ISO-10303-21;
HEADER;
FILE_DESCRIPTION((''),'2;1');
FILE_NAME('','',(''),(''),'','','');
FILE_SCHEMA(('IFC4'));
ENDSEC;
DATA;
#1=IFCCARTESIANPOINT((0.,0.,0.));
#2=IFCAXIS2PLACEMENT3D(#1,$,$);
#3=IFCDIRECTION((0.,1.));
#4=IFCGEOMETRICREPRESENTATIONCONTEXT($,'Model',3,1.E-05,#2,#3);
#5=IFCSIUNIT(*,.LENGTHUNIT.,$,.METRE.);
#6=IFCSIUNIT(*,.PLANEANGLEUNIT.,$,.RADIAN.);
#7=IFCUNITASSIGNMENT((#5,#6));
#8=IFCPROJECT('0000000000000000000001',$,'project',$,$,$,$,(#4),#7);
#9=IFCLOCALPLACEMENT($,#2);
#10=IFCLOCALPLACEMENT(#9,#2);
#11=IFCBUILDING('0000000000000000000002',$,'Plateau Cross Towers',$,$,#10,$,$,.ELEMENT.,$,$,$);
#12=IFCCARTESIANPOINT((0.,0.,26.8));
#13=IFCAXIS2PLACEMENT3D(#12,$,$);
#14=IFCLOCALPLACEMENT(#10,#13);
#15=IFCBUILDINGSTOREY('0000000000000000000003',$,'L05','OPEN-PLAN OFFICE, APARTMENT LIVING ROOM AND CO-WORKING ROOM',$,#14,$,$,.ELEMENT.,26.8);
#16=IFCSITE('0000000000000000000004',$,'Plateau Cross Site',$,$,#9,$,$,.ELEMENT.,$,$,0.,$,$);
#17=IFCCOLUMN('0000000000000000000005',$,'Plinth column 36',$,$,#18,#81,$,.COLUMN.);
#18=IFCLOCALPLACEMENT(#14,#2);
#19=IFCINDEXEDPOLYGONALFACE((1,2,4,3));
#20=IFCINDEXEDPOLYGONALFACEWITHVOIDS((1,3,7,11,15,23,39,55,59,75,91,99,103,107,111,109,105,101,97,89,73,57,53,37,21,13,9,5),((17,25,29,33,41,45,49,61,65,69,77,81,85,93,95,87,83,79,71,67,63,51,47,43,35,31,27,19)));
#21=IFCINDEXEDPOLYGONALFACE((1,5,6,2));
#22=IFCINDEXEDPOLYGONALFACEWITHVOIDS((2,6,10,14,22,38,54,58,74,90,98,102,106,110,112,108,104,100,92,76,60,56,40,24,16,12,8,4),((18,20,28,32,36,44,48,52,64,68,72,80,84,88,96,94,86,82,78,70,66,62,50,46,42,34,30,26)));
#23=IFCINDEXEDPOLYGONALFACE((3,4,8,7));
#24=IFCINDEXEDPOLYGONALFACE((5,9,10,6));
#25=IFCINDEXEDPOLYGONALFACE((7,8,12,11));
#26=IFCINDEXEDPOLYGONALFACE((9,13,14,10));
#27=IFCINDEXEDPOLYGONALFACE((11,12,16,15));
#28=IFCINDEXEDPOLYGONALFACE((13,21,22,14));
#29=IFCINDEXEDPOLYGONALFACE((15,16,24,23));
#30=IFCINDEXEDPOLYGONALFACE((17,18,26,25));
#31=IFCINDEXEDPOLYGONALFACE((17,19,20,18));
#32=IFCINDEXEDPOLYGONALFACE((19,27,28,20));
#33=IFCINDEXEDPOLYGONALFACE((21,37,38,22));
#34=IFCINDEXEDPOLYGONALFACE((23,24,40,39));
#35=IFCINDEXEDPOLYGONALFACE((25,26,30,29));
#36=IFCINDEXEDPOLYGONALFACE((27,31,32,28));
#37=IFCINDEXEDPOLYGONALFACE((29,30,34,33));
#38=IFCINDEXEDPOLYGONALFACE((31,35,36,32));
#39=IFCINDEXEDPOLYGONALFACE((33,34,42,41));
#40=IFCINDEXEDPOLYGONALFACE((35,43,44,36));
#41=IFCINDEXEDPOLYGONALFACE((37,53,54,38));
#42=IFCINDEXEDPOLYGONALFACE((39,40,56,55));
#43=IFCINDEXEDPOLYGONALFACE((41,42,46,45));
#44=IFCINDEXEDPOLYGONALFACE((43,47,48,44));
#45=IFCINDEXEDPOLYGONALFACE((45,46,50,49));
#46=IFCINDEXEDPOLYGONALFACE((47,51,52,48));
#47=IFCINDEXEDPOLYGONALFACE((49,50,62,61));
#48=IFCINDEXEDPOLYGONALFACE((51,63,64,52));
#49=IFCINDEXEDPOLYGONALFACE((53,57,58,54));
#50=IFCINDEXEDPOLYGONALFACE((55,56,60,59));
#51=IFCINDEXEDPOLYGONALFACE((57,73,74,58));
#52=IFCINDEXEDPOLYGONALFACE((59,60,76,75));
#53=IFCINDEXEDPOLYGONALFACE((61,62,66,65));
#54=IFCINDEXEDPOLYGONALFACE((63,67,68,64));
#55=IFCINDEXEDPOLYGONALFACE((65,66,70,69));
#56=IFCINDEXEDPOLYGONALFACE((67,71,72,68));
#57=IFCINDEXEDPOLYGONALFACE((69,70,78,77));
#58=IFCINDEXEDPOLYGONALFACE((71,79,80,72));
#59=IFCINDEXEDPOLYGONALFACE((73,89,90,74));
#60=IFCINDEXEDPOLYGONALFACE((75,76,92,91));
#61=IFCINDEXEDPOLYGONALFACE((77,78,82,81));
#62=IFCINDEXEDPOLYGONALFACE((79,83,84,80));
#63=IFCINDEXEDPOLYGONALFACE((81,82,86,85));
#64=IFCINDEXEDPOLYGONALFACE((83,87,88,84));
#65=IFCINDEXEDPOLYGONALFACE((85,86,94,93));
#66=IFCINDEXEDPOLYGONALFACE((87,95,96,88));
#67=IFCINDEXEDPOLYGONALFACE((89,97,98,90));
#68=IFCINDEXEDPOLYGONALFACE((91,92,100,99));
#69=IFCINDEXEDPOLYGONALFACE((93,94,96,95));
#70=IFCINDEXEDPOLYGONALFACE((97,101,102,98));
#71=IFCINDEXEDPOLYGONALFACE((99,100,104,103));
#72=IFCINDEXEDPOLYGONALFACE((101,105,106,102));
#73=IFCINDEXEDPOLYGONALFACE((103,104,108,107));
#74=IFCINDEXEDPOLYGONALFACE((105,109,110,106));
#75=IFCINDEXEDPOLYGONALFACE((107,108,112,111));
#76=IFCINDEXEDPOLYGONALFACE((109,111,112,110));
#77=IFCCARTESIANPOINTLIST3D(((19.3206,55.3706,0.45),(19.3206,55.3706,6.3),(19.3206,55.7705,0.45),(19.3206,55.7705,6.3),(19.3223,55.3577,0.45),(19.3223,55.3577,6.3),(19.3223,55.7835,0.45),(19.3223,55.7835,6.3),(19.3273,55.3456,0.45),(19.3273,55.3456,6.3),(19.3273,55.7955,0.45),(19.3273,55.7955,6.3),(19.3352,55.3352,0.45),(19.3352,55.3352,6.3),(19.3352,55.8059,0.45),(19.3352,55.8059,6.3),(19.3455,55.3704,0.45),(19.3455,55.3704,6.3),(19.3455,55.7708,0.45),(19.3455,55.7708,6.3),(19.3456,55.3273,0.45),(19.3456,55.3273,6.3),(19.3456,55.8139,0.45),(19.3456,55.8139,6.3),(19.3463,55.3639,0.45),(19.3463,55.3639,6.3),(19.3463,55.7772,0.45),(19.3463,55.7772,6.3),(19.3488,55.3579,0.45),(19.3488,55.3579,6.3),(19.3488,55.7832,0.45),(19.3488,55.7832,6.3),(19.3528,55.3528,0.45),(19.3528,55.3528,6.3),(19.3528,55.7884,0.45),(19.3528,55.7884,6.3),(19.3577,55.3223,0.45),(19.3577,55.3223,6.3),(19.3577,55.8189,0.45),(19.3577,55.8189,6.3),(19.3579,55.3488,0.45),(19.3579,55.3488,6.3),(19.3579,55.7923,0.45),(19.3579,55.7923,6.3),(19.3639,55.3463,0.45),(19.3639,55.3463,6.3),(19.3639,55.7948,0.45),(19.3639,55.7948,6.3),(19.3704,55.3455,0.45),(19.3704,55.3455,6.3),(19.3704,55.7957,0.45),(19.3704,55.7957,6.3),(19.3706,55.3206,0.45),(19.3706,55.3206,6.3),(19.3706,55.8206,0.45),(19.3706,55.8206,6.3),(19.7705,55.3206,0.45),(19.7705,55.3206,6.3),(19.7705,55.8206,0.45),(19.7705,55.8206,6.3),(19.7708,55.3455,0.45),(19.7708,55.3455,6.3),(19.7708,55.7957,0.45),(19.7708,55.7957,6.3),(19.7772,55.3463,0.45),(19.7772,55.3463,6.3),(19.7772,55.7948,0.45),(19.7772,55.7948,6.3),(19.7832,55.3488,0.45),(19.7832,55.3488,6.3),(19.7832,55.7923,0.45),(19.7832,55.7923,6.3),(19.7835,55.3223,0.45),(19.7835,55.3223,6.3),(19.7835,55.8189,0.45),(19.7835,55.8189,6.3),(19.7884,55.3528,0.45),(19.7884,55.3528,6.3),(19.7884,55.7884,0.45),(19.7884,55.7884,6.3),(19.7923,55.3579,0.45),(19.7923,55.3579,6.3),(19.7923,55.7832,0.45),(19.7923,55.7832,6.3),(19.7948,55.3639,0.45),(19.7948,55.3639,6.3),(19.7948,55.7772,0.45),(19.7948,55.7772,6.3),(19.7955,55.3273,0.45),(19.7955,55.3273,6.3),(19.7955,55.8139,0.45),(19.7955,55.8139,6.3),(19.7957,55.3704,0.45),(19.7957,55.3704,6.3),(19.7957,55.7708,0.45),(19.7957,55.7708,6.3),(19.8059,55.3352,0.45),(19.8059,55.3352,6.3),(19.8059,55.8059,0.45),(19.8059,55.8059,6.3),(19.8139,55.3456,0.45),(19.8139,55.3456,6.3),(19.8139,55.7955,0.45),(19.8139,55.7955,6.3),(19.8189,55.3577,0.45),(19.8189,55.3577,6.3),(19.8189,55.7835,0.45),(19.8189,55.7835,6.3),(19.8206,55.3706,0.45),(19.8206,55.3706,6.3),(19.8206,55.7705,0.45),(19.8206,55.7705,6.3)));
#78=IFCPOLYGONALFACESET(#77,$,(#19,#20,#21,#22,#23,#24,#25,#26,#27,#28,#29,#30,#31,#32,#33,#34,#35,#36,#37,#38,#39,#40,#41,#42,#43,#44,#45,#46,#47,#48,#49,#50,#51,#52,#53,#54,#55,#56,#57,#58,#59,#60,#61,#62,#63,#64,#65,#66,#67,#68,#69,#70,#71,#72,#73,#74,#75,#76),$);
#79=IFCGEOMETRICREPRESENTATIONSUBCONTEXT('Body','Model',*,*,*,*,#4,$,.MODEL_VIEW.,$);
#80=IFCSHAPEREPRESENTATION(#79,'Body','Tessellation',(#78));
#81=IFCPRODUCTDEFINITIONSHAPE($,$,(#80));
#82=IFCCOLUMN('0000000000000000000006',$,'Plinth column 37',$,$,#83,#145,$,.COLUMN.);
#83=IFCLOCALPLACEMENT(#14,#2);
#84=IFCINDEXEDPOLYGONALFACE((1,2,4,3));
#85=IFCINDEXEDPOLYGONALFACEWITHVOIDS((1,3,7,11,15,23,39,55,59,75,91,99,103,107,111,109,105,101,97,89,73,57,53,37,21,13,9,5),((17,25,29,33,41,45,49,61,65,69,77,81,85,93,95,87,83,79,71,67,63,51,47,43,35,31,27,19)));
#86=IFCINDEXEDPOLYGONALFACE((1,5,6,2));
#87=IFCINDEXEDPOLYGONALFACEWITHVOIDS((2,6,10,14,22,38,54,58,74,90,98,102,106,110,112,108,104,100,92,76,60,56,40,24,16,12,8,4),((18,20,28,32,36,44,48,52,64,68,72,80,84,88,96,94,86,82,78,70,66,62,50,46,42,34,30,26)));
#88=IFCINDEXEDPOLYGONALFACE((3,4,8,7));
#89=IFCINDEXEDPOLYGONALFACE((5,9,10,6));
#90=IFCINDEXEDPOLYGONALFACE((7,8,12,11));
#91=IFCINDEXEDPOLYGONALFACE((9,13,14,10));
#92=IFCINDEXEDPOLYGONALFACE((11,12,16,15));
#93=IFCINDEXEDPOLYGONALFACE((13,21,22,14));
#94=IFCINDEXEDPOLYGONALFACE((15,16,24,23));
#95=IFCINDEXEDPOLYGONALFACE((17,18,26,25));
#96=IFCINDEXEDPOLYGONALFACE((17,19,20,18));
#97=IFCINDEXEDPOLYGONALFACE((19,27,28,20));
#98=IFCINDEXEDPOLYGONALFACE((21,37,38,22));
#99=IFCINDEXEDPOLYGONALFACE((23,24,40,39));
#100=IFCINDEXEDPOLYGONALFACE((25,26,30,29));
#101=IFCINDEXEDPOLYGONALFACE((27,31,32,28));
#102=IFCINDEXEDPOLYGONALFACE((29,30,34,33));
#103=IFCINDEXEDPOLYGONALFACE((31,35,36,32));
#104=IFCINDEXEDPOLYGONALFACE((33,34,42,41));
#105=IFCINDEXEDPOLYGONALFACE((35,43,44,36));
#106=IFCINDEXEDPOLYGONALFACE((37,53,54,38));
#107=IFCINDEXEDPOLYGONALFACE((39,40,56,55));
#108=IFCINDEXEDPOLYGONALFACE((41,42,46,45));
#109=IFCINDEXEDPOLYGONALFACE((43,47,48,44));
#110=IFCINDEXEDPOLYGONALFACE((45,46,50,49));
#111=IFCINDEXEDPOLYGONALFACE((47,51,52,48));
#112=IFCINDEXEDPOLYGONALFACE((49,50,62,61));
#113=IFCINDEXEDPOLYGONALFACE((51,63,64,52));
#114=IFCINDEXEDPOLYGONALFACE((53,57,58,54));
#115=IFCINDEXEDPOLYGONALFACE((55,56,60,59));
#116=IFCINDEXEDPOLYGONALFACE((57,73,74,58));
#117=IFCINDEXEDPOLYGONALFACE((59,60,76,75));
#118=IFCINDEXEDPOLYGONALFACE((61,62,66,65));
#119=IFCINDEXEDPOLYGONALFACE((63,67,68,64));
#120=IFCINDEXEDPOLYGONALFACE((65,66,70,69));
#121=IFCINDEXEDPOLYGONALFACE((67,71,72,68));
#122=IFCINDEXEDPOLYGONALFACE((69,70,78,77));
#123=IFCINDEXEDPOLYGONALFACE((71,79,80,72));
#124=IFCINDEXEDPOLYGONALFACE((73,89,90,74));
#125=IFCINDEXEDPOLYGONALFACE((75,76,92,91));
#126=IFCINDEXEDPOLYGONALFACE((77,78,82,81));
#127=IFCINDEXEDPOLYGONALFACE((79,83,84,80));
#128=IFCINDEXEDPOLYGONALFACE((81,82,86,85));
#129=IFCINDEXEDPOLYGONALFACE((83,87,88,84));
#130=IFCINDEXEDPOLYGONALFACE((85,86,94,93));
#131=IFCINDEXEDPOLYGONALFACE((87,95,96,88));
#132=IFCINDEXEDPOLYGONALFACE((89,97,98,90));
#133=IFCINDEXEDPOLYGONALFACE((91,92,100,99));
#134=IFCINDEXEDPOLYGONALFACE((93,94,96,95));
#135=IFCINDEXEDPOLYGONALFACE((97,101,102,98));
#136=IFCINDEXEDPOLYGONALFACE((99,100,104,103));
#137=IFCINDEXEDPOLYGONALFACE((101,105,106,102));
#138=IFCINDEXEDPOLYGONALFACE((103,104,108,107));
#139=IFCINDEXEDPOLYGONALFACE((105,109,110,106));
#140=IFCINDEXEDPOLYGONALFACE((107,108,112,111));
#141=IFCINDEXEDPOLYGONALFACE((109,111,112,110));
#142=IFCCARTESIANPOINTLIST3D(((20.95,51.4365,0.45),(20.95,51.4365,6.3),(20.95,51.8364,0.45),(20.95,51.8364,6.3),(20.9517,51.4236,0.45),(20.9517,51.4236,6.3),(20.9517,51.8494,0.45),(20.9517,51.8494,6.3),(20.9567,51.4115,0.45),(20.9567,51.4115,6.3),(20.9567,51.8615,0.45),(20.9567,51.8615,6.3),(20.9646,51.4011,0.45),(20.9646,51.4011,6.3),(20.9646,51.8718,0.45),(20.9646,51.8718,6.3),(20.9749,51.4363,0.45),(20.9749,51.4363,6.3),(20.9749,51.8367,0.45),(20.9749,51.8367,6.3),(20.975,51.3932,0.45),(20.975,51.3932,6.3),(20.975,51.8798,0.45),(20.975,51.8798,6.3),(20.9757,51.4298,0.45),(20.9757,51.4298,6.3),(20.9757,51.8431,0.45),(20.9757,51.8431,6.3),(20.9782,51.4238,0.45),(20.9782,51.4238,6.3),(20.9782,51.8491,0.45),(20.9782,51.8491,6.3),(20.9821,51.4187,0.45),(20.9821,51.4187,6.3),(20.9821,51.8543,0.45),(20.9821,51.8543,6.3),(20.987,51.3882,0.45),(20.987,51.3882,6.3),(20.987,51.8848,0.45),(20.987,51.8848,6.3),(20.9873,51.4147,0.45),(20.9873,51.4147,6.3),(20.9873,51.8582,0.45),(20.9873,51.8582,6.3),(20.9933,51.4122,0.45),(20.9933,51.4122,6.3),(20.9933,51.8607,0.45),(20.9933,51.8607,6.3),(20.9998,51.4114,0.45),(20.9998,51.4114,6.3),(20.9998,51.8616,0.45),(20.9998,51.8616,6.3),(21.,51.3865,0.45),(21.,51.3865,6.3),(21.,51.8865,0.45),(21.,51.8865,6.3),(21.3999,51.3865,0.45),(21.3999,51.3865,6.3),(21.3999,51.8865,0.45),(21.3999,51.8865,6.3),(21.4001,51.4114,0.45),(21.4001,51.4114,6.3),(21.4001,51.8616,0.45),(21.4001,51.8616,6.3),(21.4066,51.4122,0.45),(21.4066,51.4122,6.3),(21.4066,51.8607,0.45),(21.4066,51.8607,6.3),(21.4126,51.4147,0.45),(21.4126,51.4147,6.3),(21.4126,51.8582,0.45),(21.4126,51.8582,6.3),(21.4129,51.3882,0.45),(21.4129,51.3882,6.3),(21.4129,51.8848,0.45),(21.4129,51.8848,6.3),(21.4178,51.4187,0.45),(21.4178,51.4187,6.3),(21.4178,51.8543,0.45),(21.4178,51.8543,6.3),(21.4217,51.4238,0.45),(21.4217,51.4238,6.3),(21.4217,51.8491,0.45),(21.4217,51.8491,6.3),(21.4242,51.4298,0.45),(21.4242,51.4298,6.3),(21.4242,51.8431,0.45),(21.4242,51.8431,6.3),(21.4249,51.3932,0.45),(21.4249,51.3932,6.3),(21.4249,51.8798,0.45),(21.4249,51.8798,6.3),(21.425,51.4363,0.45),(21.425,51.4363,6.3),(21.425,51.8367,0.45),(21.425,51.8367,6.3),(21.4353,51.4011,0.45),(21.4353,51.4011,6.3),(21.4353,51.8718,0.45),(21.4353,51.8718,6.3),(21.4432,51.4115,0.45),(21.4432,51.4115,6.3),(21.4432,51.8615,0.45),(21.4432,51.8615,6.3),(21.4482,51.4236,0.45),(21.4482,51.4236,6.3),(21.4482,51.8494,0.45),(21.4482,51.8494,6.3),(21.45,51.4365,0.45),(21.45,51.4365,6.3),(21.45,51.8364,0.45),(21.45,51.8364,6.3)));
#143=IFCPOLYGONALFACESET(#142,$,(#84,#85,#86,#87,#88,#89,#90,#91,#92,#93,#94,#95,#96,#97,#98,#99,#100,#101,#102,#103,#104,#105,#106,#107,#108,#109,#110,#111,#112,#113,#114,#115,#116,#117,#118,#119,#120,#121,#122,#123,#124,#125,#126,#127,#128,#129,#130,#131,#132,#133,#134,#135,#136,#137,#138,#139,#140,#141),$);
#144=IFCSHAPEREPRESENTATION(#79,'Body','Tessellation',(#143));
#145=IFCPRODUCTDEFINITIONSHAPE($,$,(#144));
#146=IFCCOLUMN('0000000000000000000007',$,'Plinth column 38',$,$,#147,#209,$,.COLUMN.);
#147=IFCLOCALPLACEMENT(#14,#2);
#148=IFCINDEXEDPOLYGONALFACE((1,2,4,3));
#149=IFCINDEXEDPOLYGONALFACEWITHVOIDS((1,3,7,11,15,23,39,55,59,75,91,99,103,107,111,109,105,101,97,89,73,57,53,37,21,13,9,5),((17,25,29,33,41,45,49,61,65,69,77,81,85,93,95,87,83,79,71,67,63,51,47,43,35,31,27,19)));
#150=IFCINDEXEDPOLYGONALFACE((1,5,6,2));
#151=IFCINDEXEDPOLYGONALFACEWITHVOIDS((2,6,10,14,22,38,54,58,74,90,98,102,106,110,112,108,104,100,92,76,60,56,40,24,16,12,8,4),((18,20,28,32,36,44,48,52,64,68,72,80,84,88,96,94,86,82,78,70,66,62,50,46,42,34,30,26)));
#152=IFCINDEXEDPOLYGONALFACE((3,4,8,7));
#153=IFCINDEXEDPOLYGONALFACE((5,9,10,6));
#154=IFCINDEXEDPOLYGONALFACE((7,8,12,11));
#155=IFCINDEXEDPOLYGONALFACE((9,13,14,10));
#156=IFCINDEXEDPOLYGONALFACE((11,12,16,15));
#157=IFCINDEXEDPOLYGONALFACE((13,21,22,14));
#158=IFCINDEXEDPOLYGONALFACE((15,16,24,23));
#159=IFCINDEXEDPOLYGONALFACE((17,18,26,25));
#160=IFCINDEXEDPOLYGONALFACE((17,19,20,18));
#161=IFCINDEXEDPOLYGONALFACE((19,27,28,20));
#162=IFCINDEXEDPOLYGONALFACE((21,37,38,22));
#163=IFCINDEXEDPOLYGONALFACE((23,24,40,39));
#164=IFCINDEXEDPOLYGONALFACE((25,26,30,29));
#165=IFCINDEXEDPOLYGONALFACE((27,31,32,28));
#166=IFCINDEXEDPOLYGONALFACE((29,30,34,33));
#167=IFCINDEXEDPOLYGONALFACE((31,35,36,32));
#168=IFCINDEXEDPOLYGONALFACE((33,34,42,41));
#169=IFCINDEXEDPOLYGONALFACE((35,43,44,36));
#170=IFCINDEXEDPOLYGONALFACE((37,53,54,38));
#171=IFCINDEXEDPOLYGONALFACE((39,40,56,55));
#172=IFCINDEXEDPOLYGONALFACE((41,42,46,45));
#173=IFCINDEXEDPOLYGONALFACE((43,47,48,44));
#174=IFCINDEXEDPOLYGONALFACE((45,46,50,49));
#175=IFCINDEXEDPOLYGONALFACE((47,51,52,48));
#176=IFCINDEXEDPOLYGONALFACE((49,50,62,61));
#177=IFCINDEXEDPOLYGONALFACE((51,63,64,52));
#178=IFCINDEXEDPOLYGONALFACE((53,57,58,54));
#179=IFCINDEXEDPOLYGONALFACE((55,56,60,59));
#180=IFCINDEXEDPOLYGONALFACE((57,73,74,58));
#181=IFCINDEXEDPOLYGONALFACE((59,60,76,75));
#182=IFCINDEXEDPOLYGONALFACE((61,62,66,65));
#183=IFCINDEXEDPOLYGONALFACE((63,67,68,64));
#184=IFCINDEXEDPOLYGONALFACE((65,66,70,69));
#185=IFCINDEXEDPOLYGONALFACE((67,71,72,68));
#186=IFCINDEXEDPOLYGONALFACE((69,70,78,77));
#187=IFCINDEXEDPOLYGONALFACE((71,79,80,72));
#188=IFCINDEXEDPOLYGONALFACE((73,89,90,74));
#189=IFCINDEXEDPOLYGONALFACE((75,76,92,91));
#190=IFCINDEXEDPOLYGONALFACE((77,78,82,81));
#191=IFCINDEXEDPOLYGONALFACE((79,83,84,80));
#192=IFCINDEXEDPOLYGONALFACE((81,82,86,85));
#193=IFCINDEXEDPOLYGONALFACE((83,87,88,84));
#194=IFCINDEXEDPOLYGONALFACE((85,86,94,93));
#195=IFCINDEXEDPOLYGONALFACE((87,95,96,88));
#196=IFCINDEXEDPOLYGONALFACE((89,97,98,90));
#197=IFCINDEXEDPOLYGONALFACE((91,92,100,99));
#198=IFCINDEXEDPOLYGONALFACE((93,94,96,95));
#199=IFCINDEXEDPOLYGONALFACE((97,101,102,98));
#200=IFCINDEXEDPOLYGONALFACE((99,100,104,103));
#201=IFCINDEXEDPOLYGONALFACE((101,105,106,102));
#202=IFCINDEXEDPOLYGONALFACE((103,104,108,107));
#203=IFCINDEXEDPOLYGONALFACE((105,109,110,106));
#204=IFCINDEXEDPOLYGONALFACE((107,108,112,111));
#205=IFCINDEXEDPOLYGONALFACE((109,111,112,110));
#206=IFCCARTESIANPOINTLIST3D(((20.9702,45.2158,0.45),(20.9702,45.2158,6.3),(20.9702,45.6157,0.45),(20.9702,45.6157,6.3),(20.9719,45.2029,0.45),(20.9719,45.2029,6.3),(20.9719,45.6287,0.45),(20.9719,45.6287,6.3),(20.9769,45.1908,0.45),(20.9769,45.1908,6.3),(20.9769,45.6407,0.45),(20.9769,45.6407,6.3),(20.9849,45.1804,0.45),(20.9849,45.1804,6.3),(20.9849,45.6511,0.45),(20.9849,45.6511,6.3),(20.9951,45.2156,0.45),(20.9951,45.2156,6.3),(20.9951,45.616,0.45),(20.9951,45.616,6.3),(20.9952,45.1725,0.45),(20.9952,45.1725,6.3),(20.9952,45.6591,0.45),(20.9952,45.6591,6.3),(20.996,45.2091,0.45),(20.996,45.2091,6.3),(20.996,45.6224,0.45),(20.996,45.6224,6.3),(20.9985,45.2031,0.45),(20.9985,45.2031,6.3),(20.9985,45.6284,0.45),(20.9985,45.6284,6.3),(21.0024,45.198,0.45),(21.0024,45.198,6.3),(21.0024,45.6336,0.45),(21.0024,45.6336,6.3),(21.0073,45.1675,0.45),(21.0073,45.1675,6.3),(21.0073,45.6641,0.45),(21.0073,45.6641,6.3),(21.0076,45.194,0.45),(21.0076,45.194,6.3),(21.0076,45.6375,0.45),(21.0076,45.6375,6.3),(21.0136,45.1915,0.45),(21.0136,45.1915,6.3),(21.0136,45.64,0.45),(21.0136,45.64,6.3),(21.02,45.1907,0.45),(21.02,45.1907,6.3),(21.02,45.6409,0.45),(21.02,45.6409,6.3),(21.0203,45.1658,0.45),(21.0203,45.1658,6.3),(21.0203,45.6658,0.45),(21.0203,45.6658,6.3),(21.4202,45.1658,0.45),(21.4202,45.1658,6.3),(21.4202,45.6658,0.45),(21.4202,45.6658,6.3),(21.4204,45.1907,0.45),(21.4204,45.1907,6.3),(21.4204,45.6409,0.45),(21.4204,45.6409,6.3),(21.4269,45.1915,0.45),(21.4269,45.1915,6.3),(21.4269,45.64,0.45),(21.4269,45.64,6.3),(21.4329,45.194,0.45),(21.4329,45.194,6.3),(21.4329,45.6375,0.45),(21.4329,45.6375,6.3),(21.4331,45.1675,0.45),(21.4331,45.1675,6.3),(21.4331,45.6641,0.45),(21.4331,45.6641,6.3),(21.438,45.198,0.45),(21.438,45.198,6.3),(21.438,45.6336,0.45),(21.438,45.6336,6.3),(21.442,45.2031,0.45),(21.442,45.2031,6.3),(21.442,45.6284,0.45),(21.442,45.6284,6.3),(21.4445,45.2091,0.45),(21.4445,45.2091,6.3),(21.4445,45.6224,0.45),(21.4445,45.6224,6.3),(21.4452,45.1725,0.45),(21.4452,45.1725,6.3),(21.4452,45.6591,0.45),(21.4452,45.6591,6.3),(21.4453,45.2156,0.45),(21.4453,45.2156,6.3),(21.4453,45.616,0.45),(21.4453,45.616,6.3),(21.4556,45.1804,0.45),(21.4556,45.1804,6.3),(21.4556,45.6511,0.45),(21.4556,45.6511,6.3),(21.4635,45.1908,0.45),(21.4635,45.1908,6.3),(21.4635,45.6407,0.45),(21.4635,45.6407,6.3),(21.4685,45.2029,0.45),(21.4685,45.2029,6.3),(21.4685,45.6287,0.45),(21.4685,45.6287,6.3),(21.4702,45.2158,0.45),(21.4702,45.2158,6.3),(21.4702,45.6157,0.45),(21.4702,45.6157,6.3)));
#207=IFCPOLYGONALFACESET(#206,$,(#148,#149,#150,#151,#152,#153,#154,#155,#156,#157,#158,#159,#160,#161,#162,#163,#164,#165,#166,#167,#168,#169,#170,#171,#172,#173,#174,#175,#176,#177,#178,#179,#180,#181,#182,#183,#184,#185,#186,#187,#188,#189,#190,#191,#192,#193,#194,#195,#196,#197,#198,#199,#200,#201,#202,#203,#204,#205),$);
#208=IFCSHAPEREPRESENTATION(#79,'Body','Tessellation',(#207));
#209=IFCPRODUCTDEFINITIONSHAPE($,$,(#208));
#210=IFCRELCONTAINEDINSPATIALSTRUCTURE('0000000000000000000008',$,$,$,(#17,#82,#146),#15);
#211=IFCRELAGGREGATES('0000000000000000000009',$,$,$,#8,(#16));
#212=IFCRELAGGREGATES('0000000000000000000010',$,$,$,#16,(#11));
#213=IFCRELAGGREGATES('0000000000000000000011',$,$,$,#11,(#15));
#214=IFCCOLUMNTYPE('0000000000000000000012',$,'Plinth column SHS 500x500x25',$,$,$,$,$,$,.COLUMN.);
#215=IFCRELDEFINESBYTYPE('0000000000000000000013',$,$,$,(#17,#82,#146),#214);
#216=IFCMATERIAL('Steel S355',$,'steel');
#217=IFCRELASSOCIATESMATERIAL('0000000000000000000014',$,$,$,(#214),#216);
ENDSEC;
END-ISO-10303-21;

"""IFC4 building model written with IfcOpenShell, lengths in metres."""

from ifc_helpers import new_model, si_unit, direction, frame, origin, origin_2d, place, context, subcontext, project, spatial, hollow_rectangle, extrude, material, material_profile, profile_set, type_object, element, save


model = new_model("IFC4")

# Units and contexts
model_context = context("Model", 3, precision=1e-05, world=origin(), true_north=direction((0.0, 1.0)))
body_context = subcontext(model_context, "Body", "Model", "MODEL_VIEW")
ifc_project = project(units=[si_unit("LENGTHUNIT", "METRE"), si_unit("PLANEANGLEUNIT", "RADIAN")], contexts=[model_context])

# Site, building, storey
site_placement = place(None, origin())
site = spatial("IfcSite", under=ifc_project, at=site_placement, Name="Plateau Cross Site", CompositionType="ELEMENT", RefElevation=0.0)
building_placement = place(site_placement, origin())
building = spatial("IfcBuilding", under=site, at=building_placement, Name="Plateau Cross Towers", CompositionType="ELEMENT")
storey_placement = place(building_placement, frame((0.0, 0.0, 26.8)))
storey = spatial("IfcBuildingStorey", under=building, at=storey_placement, Name="L05", Description="OPEN-PLAN OFFICE, APARTMENT LIVING ROOM AND CO-WORKING ROOM", CompositionType="ELEMENT", Elevation=26.8)

# Columns
ifc_material_1 = material(Name="Steel S355", Category="steel")
ifc_material_profile_1 = material_profile(ifc_material_1, hollow_rectangle(XDim=0.5, YDim=0.5, WallThickness=0.0249, InnerFilletRadius=0.0249, OuterFilletRadius=0.05, at=origin_2d()), Name="SHS 500x500x25")
ifc_profile_set_1 = profile_set([ifc_material_profile_1], Name="Steel S355")
column_type = type_object("IfcColumnType", Name="Plinth column SHS 500x500x25", PredefinedType="COLUMN", material=ifc_profile_set_1)
for number, where, z_axis, x_axis, name in (
    (1, (19.5706, 55.5706, 0.45), (0.0, 0.0, 1.0), (1.0, 0.0, 0.0), "Plinth column 36"),
    (2, (21.2, 51.6365, 0.45), (0.0, 0.0, 1.0), (1.0, 0.0, 0.0), "Plinth column 37"),
    (3, (21.2202, 45.4158, 0.45), (0.0, 0.0, 1.0), (1.0, 0.0, 0.0), "Plinth column 38"),
):
    element("IfcColumn", number, at=place(storey_placement, frame(where, z_axis=z_axis, x_axis=x_axis)), inside=storey, type_object=column_type, Name=name, PredefinedType="COLUMN", context=body_context, shape_type="SweptSolid", body=[
        extrude(hollow_rectangle(XDim=0.5, YDim=0.5, WallThickness=0.0249, InnerFilletRadius=0.0249, OuterFilletRadius=0.05, at=origin_2d()), origin(), (0.0, 0.0, 1.0), 5.8501),
    ])

save(model, "model.ifc")
